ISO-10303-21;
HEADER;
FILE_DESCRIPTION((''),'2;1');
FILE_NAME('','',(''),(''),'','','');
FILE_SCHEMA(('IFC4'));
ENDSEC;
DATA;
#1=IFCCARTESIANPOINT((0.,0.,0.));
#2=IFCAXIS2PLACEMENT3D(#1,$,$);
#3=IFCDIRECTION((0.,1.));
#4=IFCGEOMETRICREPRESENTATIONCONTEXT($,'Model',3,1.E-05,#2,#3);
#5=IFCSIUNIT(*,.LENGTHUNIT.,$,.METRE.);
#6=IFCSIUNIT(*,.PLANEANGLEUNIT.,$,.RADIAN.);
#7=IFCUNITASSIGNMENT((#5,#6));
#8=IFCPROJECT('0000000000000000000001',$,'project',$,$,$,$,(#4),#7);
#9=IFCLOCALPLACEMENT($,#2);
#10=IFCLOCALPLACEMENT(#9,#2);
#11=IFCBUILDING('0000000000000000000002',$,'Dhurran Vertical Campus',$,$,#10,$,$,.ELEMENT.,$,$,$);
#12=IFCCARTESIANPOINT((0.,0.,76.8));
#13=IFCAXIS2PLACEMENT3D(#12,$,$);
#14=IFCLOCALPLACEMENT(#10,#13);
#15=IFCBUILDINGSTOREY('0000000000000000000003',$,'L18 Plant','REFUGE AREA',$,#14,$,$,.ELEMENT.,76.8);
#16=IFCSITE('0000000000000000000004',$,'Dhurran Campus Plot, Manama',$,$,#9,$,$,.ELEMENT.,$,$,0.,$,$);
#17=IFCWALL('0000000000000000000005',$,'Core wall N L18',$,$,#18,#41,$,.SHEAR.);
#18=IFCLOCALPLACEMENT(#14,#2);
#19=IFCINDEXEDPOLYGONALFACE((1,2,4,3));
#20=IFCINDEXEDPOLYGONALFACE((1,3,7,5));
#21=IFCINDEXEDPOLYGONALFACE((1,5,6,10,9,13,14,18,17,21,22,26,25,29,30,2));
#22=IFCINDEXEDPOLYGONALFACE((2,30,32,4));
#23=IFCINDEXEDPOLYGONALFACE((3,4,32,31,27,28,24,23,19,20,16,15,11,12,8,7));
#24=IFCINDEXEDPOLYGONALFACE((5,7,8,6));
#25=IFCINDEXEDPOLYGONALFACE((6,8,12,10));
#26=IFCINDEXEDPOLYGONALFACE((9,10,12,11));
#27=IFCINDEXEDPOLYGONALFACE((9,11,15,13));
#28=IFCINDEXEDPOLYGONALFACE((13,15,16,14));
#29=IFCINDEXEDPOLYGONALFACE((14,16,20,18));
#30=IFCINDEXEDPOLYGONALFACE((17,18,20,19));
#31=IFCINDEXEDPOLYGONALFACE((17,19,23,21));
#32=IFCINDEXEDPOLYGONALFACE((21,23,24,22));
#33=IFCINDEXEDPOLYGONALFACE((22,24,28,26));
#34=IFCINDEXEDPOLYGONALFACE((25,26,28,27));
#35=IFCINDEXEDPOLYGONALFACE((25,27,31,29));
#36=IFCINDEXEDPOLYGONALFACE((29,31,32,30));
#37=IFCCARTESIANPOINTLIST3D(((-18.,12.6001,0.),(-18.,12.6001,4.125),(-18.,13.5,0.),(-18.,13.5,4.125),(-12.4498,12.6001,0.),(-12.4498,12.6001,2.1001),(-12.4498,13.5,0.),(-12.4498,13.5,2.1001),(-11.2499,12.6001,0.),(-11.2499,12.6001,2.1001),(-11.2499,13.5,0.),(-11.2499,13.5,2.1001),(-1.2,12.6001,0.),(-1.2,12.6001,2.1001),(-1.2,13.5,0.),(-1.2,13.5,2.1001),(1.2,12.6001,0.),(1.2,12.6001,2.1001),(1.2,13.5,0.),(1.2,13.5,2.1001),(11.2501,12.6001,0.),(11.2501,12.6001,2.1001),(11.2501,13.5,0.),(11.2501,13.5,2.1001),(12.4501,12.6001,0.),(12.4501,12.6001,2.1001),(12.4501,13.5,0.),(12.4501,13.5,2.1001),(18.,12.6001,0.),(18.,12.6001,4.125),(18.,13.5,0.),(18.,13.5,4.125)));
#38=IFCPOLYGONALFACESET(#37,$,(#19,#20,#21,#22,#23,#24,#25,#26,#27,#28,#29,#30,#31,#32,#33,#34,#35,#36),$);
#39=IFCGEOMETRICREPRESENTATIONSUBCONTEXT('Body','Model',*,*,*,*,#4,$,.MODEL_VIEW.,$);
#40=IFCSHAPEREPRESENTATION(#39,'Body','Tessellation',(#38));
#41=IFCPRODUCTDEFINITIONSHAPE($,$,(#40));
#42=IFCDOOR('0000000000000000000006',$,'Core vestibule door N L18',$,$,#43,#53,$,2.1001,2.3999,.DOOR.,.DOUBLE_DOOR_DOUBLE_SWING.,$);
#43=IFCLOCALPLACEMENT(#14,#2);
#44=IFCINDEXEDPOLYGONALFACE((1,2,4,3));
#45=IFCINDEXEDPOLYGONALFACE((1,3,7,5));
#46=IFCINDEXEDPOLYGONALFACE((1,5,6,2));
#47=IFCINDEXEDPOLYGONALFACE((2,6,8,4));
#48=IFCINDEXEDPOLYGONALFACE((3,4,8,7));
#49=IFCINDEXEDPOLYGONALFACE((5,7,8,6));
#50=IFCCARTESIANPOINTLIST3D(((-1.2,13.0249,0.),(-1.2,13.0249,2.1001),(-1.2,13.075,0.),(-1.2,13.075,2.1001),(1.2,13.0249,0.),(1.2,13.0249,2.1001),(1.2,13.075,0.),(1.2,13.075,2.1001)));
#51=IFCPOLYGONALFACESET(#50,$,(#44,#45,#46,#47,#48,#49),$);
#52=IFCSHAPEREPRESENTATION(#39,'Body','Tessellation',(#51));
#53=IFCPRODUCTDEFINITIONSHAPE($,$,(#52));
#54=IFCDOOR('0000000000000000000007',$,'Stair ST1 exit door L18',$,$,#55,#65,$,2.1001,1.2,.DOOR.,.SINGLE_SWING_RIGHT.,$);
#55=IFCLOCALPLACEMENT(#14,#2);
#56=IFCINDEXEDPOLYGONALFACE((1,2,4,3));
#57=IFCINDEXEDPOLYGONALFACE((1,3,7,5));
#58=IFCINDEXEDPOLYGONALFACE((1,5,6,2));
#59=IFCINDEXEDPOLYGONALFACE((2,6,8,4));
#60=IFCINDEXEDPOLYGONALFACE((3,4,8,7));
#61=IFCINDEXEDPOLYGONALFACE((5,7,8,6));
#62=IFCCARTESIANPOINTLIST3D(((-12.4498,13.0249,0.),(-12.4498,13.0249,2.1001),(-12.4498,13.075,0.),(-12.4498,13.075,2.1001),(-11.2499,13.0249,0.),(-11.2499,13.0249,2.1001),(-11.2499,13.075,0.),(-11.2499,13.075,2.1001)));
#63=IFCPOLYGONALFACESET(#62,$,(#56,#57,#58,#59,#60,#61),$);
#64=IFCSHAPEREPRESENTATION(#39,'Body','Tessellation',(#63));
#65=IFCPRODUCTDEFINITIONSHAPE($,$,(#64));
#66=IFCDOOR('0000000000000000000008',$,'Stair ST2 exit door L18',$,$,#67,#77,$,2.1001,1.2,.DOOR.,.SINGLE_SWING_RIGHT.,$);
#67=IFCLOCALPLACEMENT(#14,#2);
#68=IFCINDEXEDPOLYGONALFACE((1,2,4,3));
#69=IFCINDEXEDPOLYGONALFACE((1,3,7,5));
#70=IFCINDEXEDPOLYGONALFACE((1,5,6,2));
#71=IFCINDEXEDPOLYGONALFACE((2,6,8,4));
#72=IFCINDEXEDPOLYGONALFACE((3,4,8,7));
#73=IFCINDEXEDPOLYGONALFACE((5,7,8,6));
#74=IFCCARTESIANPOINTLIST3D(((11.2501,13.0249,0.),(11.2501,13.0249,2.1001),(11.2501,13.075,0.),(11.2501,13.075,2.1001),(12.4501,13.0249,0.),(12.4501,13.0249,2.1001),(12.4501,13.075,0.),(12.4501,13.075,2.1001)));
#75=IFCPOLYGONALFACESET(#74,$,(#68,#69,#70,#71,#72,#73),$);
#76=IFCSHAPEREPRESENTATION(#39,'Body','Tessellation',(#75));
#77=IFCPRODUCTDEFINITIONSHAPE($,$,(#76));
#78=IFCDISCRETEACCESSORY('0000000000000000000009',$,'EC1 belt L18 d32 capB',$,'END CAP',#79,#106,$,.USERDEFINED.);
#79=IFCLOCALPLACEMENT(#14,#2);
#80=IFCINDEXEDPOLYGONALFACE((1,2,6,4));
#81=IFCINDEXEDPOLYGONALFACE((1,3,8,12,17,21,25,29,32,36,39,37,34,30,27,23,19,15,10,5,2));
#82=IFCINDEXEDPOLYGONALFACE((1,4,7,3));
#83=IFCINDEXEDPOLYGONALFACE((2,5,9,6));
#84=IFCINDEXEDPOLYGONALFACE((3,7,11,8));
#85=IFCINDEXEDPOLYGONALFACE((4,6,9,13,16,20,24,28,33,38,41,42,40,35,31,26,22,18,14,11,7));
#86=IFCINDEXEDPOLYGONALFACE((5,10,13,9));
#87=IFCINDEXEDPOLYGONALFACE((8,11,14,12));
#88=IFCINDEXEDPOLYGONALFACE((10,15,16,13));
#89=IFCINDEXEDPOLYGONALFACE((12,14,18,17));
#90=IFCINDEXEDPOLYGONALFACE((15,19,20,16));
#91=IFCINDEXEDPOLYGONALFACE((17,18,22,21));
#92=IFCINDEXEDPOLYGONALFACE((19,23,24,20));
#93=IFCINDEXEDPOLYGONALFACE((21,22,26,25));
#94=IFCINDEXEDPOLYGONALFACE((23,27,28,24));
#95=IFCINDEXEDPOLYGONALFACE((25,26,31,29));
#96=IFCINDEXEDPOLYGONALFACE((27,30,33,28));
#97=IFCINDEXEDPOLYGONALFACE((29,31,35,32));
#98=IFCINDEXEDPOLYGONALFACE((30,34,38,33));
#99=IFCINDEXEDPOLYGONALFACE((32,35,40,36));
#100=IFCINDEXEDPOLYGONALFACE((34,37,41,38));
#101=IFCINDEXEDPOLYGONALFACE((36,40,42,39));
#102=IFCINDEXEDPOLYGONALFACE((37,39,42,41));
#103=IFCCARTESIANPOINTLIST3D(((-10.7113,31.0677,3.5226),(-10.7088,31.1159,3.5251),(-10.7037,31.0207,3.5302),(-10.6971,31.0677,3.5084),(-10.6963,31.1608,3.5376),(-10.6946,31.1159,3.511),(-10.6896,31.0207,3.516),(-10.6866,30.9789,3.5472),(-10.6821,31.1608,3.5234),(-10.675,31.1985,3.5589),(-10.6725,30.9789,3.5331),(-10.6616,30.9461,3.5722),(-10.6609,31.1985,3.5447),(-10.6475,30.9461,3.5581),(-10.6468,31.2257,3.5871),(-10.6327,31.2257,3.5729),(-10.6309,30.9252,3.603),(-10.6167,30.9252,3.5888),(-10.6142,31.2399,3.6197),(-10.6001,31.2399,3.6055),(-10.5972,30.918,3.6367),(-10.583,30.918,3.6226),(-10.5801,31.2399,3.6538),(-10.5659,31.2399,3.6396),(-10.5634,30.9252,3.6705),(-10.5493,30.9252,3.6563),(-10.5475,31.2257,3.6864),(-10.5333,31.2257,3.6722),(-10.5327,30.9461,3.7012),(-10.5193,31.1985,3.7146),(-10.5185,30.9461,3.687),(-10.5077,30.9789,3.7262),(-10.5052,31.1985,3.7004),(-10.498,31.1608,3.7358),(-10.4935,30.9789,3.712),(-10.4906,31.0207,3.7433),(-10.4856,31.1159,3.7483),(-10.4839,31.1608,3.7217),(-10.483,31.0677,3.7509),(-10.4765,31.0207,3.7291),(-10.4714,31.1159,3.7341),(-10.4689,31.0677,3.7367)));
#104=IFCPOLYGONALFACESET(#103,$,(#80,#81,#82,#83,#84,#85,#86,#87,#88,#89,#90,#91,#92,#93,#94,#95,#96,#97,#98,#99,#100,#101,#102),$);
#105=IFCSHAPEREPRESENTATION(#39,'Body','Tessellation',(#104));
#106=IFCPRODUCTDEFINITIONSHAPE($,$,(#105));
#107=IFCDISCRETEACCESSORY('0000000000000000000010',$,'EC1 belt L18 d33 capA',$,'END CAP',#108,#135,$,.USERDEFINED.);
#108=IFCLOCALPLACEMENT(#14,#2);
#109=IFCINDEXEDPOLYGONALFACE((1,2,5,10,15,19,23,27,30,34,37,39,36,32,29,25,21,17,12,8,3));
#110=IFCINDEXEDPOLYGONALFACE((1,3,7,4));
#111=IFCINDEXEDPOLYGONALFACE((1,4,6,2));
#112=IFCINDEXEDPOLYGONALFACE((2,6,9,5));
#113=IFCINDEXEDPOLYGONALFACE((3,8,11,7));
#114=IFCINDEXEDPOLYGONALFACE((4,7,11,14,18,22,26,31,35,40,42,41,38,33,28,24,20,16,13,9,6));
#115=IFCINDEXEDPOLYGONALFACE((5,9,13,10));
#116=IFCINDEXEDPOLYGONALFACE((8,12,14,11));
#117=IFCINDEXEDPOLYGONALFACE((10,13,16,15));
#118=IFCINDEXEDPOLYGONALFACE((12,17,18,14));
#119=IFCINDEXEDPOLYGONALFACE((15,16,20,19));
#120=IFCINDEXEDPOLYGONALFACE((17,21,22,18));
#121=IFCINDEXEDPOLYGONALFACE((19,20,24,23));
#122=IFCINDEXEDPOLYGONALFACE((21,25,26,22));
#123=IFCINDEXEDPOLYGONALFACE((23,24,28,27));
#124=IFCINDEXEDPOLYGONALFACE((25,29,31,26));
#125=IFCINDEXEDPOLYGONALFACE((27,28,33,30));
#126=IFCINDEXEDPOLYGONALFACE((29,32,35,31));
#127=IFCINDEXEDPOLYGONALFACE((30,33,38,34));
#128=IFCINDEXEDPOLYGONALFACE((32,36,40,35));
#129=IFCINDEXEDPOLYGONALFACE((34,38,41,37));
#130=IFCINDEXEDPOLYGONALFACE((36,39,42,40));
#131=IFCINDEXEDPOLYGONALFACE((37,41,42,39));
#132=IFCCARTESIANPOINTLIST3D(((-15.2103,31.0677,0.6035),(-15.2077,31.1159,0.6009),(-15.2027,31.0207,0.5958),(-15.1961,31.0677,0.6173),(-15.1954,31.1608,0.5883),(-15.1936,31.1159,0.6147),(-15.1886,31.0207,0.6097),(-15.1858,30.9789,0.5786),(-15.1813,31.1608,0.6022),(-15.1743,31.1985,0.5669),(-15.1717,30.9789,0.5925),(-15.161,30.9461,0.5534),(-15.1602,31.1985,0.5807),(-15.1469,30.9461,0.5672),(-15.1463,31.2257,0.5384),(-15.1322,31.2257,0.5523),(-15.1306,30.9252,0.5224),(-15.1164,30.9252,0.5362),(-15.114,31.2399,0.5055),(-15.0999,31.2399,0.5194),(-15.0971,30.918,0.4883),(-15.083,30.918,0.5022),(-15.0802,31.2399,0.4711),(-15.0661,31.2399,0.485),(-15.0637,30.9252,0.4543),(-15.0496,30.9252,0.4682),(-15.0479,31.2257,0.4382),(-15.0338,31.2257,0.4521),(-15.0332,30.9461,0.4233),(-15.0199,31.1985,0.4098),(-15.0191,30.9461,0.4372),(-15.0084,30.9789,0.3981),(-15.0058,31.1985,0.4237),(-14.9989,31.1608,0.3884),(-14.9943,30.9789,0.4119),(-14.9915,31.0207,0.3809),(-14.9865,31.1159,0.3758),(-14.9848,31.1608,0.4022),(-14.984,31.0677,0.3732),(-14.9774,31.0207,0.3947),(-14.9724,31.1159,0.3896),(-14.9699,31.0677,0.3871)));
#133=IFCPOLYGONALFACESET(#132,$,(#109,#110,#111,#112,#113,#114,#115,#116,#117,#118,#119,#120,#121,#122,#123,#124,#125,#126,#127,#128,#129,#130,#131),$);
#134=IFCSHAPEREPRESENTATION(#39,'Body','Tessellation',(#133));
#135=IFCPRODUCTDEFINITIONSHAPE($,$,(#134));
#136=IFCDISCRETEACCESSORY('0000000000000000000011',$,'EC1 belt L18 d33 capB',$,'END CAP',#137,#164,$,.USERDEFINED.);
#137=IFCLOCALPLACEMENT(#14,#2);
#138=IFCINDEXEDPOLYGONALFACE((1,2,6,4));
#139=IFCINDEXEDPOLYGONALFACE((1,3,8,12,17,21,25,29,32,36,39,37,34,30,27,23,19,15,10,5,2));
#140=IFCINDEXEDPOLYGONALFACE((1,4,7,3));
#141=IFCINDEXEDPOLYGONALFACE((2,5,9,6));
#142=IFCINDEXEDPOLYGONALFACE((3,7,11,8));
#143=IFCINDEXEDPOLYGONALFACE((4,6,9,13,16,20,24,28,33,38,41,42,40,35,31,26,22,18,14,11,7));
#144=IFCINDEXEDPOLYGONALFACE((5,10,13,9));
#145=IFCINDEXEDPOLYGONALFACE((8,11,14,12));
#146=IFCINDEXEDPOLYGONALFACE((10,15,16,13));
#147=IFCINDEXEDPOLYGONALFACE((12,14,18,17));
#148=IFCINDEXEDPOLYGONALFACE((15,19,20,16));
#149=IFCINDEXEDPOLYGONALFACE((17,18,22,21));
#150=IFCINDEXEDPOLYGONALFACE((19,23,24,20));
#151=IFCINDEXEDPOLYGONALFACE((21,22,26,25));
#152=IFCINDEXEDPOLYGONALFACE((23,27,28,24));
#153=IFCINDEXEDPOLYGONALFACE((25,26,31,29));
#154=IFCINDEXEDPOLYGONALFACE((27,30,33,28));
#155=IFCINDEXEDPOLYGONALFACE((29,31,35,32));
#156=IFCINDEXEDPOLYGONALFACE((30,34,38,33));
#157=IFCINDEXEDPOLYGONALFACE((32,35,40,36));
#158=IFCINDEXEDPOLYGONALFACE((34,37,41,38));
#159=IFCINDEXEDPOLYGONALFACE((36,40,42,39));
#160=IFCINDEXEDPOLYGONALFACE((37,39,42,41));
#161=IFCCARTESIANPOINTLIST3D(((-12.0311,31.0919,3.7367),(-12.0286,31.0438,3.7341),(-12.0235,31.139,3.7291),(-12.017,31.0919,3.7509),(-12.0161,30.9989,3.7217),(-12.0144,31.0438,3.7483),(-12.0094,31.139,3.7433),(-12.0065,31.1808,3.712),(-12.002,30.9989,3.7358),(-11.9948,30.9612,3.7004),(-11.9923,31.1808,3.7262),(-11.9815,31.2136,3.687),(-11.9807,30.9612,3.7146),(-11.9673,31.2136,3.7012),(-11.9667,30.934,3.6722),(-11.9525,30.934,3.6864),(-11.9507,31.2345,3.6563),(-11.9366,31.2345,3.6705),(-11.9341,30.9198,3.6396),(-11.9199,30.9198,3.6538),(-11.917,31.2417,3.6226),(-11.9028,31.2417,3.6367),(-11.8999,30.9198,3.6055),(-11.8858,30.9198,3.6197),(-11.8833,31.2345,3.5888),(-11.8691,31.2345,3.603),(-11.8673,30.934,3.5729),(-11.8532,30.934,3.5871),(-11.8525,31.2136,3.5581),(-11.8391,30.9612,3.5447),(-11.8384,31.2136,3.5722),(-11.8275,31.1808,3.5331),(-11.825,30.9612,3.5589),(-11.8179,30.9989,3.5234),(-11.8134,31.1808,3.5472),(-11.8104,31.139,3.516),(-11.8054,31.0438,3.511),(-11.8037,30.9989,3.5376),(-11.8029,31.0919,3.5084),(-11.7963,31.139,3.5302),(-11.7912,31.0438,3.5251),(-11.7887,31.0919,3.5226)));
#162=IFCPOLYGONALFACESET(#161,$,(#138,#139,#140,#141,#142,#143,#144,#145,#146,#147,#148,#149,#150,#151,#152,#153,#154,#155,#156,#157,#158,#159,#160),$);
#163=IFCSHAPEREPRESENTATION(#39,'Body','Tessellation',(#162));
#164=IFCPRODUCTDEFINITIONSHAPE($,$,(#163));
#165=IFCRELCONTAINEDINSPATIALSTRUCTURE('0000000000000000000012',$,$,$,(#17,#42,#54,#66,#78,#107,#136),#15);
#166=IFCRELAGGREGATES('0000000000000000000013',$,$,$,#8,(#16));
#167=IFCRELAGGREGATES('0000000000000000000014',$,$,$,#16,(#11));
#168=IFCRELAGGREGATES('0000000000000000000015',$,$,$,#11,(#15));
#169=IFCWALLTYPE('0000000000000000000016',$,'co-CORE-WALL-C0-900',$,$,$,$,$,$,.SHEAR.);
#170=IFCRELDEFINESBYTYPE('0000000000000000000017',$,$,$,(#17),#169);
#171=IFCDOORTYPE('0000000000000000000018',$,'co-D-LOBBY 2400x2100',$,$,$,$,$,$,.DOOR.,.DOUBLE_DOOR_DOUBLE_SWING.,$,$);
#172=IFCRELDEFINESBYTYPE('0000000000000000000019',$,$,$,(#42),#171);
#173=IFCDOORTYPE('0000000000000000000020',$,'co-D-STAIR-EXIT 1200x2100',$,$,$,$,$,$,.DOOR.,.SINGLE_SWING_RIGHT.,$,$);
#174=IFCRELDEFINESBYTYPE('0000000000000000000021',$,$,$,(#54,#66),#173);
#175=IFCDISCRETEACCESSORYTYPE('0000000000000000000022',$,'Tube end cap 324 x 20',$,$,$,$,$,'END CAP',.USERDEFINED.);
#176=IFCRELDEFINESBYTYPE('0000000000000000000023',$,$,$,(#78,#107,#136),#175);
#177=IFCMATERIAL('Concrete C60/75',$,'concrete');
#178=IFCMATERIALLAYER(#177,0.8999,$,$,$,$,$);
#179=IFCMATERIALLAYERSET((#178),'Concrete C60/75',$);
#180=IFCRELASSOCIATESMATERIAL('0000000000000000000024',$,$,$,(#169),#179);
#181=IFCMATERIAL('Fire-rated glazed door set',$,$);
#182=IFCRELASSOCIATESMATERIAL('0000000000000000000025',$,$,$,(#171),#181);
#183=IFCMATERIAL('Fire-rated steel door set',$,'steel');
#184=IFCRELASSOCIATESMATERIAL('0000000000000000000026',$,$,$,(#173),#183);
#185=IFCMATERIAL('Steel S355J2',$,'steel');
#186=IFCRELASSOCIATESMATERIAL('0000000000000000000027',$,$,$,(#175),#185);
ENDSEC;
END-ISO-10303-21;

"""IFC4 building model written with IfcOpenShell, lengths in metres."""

from ifc_helpers import new_model, si_unit, direction, frame, frame_2d, origin, origin_2d, place, context, subcontext, project, spatial, rectangle, circle, extrude, material, layer, layer_set, material_profile, profile_set, type_object, element, fill, save


model = new_model("IFC4")

# Units and contexts
model_context = context("Model", 3, precision=1e-05, world=origin(), true_north=direction((0.0, 1.0)))
body_context = subcontext(model_context, "Body", "Model", "MODEL_VIEW")
ifc_project = project(units=[si_unit("LENGTHUNIT", "METRE"), si_unit("PLANEANGLEUNIT", "RADIAN")], contexts=[model_context])

# Site, building, storey
site_placement = place(None, origin())
site = spatial("IfcSite", under=ifc_project, at=site_placement, Name="Dhurran Campus Plot, Manama", CompositionType="ELEMENT", RefElevation=0.0)
building_placement = place(site_placement, origin())
building = spatial("IfcBuilding", under=site, at=building_placement, Name="Dhurran Vertical Campus", CompositionType="ELEMENT")
storey_placement = place(building_placement, frame((0.0, 0.0, 76.8)))
storey = spatial("IfcBuildingStorey", under=building, at=storey_placement, Name="L18 Plant", Description="REFUGE AREA", CompositionType="ELEMENT", Elevation=76.8)

# Wall, openings, doors
ifc_material_1 = material(Name="Concrete C60/75", Category="concrete")
ifc_layer = layer(ifc_material_1, 0.8999)
ifc_layer_set = layer_set([ifc_layer], Name="Concrete C60/75")
wall_type = type_object("IfcWallType", Name="co-CORE-WALL-C0-900", PredefinedType="SHEAR", material=ifc_layer_set)
wall_placement = place(storey_placement, frame((-18.0, 13.05, 0.0), z_axis=(0.0, 0.0, 1.0), x_axis=(1.0, 0.0, 0.0)))
wall = element("IfcWall", 1, at=wall_placement, inside=storey, type_object=wall_type, Name="Core wall N L18", PredefinedType="SHEAR", context=body_context, shape_type="SweptSolid", body=[
    extrude(rectangle(XDim=36.0, YDim=0.8999, at=frame_2d((18.0, 0.0))), origin(), (0.0, 0.0, 1.0), 4.125),
])
opening_1_placement = place(wall_placement, frame((16.8, 0.0, 0.0)))
opening_1 = element("IfcOpeningElement", 2, at=opening_1_placement, cuts=wall, PredefinedType="OPENING", context=body_context, shape_type="SweptSolid", body=[
    extrude(rectangle(XDim=2.3999, YDim=2.1001, at=frame_2d((1.2, 1.05))), frame((0.0, 0.46, 0.0), z_axis=(0.0, -1.0, 0.0), x_axis=(1.0, 0.0, 0.0)), (0.0, 0.0, 1.0), 0.9199),
])
opening_2_placement = place(wall_placement, frame((5.55, 0.0, 0.0)))
opening_2 = element("IfcOpeningElement", 3, at=opening_2_placement, cuts=wall, PredefinedType="OPENING", context=body_context, shape_type="SweptSolid", body=[
    extrude(rectangle(XDim=1.2, YDim=2.1001, at=frame_2d((0.6001, 1.05))), frame((0.0, 0.46, 0.0), z_axis=(0.0, -1.0, 0.0), x_axis=(1.0, 0.0, 0.0)), (0.0, 0.0, 1.0), 0.9199),
])
opening_3_placement = place(wall_placement, frame((29.25, 0.0, 0.0)))
opening_3 = element("IfcOpeningElement", 4, at=opening_3_placement, cuts=wall, PredefinedType="OPENING", context=body_context, shape_type="SweptSolid", body=[
    extrude(rectangle(XDim=1.2, YDim=2.1001, at=frame_2d((0.6001, 1.05))), frame((0.0, 0.46, 0.0), z_axis=(0.0, -1.0, 0.0), x_axis=(1.0, 0.0, 0.0)), (0.0, 0.0, 1.0), 0.9199),
])
ifc_material_2 = material(Name="Fire-rated glazed door set")
door_type_1 = type_object("IfcDoorType", Name="co-D-LOBBY 2400x2100", OperationType="DOUBLE_DOOR_DOUBLE_SWING", PredefinedType="DOOR", material=ifc_material_2)
door_1_placement = place(opening_1_placement, origin())
door_1 = element("IfcDoor", 5, at=door_1_placement, inside=storey, type_object=door_type_1, Name="Core vestibule door N L18", OperationType="DOUBLE_DOOR_DOUBLE_SWING", OverallHeight=2.1001, OverallWidth=2.3999, PredefinedType="DOOR", context=body_context, shape_type="SweptSolid", body=[
    extrude(rectangle(XDim=2.3999, YDim=2.1001, at=frame_2d((1.2, 1.05))), frame((0.0, 0.0249, 0.0), z_axis=(0.0, -1.0, 0.0), x_axis=(1.0, 0.0, 0.0)), (0.0, 0.0, 1.0), 0.05),
])
fill(opening_1, door_1)
ifc_material_3 = material(Name="Fire-rated steel door set", Category="steel")
door_type_2 = type_object("IfcDoorType", Name="co-D-STAIR-EXIT 1200x2100", OperationType="SINGLE_SWING_RIGHT", PredefinedType="DOOR", material=ifc_material_3)
door_2_placement = place(opening_2_placement, origin())
door_2 = element("IfcDoor", 6, at=door_2_placement, inside=storey, type_object=door_type_2, Name="Stair ST1 exit door L18", OperationType="SINGLE_SWING_RIGHT", OverallHeight=2.1001, OverallWidth=1.2, PredefinedType="DOOR", context=body_context, shape_type="SweptSolid", body=[
    extrude(rectangle(XDim=1.2, YDim=2.1001, at=frame_2d((0.6001, 1.05))), frame((0.0, 0.0249, 0.0), z_axis=(0.0, -1.0, 0.0), x_axis=(1.0, 0.0, 0.0)), (0.0, 0.0, 1.0), 0.05),
])
fill(opening_2, door_2)
door_3_placement = place(opening_3_placement, origin())
door_3 = element("IfcDoor", 7, at=door_3_placement, inside=storey, type_object=door_type_2, Name="Stair ST2 exit door L18", OperationType="SINGLE_SWING_RIGHT", OverallHeight=2.1001, OverallWidth=1.2, PredefinedType="DOOR", context=body_context, shape_type="SweptSolid", body=[
    extrude(rectangle(XDim=1.2, YDim=2.1001, at=frame_2d((0.6001, 1.05))), frame((0.0, 0.0249, 0.0), z_axis=(0.0, -1.0, 0.0), x_axis=(1.0, 0.0, 0.0)), (0.0, 0.0, 1.0), 0.05),
])
fill(opening_3, door_3)

# Discrete accessories
ifc_material_4 = material(Name="Steel S355J2", Category="steel")
ifc_material_profile_1 = material_profile(ifc_material_4, circle(Radius=0.1619, at=origin_2d()), Name="Tube end cap 324 x 20")
ifc_profile_set_1 = profile_set([ifc_material_profile_1], Name="Steel S355J2")
discrete_accessory_type = type_object("IfcDiscreteAccessoryType", Name="Tube end cap 324 x 20", ElementType="END CAP", PredefinedType="USERDEFINED", material=ifc_profile_set_1)
discrete_accessory_1_placement = place(storey_placement, frame((-10.583, 31.0798, 3.6226), z_axis=(-0.707107, 0.0, 0.707107), x_axis=(0.0, -1.0, 0.0)))
element("IfcDiscreteAccessory", 8, at=discrete_accessory_1_placement, inside=storey, type_object=discrete_accessory_type, Name="EC1 belt L18 d32 capB", ObjectType="END CAP", PredefinedType="USERDEFINED", context=body_context, shape_type="SweptSolid", body=[
    extrude(circle(Radius=0.1619, at=origin_2d()), origin(), (0.0, 0.0, 1.0), 0.02),
])
discrete_accessory_2_placement = place(storey_placement, frame((-15.083, 31.0798, 0.5022), z_axis=(-0.713229, 0.0, -0.700932), x_axis=(0.0, -1.0, 0.0)))
element("IfcDiscreteAccessory", 9, at=discrete_accessory_2_placement, inside=storey, type_object=discrete_accessory_type, Name="EC1 belt L18 d33 capA", ObjectType="END CAP", PredefinedType="USERDEFINED", context=body_context, shape_type="SweptSolid", body=[
    extrude(circle(Radius=0.1619, at=origin_2d()), origin(), (0.0, 0.0, 1.0), 0.0198),
])
for number, where, z_axis, x_axis, name in (
    (10, (-11.917, 31.0798, 3.6226), (0.707107, 0.0, 0.707107), (0.0, 1.0, 0.0), "EC1 belt L18 d33 capB"),
):
    element("IfcDiscreteAccessory", number, at=place(storey_placement, frame(where, z_axis=z_axis, x_axis=x_axis)), inside=storey, type_object=discrete_accessory_type, Name=name, ObjectType="END CAP", PredefinedType="USERDEFINED", context=body_context, shape_type="SweptSolid", body=[
        extrude(circle(Radius=0.1619, at=origin_2d()), origin(), (0.0, 0.0, 1.0), 0.02),
    ])

save(model, "model.ifc")
